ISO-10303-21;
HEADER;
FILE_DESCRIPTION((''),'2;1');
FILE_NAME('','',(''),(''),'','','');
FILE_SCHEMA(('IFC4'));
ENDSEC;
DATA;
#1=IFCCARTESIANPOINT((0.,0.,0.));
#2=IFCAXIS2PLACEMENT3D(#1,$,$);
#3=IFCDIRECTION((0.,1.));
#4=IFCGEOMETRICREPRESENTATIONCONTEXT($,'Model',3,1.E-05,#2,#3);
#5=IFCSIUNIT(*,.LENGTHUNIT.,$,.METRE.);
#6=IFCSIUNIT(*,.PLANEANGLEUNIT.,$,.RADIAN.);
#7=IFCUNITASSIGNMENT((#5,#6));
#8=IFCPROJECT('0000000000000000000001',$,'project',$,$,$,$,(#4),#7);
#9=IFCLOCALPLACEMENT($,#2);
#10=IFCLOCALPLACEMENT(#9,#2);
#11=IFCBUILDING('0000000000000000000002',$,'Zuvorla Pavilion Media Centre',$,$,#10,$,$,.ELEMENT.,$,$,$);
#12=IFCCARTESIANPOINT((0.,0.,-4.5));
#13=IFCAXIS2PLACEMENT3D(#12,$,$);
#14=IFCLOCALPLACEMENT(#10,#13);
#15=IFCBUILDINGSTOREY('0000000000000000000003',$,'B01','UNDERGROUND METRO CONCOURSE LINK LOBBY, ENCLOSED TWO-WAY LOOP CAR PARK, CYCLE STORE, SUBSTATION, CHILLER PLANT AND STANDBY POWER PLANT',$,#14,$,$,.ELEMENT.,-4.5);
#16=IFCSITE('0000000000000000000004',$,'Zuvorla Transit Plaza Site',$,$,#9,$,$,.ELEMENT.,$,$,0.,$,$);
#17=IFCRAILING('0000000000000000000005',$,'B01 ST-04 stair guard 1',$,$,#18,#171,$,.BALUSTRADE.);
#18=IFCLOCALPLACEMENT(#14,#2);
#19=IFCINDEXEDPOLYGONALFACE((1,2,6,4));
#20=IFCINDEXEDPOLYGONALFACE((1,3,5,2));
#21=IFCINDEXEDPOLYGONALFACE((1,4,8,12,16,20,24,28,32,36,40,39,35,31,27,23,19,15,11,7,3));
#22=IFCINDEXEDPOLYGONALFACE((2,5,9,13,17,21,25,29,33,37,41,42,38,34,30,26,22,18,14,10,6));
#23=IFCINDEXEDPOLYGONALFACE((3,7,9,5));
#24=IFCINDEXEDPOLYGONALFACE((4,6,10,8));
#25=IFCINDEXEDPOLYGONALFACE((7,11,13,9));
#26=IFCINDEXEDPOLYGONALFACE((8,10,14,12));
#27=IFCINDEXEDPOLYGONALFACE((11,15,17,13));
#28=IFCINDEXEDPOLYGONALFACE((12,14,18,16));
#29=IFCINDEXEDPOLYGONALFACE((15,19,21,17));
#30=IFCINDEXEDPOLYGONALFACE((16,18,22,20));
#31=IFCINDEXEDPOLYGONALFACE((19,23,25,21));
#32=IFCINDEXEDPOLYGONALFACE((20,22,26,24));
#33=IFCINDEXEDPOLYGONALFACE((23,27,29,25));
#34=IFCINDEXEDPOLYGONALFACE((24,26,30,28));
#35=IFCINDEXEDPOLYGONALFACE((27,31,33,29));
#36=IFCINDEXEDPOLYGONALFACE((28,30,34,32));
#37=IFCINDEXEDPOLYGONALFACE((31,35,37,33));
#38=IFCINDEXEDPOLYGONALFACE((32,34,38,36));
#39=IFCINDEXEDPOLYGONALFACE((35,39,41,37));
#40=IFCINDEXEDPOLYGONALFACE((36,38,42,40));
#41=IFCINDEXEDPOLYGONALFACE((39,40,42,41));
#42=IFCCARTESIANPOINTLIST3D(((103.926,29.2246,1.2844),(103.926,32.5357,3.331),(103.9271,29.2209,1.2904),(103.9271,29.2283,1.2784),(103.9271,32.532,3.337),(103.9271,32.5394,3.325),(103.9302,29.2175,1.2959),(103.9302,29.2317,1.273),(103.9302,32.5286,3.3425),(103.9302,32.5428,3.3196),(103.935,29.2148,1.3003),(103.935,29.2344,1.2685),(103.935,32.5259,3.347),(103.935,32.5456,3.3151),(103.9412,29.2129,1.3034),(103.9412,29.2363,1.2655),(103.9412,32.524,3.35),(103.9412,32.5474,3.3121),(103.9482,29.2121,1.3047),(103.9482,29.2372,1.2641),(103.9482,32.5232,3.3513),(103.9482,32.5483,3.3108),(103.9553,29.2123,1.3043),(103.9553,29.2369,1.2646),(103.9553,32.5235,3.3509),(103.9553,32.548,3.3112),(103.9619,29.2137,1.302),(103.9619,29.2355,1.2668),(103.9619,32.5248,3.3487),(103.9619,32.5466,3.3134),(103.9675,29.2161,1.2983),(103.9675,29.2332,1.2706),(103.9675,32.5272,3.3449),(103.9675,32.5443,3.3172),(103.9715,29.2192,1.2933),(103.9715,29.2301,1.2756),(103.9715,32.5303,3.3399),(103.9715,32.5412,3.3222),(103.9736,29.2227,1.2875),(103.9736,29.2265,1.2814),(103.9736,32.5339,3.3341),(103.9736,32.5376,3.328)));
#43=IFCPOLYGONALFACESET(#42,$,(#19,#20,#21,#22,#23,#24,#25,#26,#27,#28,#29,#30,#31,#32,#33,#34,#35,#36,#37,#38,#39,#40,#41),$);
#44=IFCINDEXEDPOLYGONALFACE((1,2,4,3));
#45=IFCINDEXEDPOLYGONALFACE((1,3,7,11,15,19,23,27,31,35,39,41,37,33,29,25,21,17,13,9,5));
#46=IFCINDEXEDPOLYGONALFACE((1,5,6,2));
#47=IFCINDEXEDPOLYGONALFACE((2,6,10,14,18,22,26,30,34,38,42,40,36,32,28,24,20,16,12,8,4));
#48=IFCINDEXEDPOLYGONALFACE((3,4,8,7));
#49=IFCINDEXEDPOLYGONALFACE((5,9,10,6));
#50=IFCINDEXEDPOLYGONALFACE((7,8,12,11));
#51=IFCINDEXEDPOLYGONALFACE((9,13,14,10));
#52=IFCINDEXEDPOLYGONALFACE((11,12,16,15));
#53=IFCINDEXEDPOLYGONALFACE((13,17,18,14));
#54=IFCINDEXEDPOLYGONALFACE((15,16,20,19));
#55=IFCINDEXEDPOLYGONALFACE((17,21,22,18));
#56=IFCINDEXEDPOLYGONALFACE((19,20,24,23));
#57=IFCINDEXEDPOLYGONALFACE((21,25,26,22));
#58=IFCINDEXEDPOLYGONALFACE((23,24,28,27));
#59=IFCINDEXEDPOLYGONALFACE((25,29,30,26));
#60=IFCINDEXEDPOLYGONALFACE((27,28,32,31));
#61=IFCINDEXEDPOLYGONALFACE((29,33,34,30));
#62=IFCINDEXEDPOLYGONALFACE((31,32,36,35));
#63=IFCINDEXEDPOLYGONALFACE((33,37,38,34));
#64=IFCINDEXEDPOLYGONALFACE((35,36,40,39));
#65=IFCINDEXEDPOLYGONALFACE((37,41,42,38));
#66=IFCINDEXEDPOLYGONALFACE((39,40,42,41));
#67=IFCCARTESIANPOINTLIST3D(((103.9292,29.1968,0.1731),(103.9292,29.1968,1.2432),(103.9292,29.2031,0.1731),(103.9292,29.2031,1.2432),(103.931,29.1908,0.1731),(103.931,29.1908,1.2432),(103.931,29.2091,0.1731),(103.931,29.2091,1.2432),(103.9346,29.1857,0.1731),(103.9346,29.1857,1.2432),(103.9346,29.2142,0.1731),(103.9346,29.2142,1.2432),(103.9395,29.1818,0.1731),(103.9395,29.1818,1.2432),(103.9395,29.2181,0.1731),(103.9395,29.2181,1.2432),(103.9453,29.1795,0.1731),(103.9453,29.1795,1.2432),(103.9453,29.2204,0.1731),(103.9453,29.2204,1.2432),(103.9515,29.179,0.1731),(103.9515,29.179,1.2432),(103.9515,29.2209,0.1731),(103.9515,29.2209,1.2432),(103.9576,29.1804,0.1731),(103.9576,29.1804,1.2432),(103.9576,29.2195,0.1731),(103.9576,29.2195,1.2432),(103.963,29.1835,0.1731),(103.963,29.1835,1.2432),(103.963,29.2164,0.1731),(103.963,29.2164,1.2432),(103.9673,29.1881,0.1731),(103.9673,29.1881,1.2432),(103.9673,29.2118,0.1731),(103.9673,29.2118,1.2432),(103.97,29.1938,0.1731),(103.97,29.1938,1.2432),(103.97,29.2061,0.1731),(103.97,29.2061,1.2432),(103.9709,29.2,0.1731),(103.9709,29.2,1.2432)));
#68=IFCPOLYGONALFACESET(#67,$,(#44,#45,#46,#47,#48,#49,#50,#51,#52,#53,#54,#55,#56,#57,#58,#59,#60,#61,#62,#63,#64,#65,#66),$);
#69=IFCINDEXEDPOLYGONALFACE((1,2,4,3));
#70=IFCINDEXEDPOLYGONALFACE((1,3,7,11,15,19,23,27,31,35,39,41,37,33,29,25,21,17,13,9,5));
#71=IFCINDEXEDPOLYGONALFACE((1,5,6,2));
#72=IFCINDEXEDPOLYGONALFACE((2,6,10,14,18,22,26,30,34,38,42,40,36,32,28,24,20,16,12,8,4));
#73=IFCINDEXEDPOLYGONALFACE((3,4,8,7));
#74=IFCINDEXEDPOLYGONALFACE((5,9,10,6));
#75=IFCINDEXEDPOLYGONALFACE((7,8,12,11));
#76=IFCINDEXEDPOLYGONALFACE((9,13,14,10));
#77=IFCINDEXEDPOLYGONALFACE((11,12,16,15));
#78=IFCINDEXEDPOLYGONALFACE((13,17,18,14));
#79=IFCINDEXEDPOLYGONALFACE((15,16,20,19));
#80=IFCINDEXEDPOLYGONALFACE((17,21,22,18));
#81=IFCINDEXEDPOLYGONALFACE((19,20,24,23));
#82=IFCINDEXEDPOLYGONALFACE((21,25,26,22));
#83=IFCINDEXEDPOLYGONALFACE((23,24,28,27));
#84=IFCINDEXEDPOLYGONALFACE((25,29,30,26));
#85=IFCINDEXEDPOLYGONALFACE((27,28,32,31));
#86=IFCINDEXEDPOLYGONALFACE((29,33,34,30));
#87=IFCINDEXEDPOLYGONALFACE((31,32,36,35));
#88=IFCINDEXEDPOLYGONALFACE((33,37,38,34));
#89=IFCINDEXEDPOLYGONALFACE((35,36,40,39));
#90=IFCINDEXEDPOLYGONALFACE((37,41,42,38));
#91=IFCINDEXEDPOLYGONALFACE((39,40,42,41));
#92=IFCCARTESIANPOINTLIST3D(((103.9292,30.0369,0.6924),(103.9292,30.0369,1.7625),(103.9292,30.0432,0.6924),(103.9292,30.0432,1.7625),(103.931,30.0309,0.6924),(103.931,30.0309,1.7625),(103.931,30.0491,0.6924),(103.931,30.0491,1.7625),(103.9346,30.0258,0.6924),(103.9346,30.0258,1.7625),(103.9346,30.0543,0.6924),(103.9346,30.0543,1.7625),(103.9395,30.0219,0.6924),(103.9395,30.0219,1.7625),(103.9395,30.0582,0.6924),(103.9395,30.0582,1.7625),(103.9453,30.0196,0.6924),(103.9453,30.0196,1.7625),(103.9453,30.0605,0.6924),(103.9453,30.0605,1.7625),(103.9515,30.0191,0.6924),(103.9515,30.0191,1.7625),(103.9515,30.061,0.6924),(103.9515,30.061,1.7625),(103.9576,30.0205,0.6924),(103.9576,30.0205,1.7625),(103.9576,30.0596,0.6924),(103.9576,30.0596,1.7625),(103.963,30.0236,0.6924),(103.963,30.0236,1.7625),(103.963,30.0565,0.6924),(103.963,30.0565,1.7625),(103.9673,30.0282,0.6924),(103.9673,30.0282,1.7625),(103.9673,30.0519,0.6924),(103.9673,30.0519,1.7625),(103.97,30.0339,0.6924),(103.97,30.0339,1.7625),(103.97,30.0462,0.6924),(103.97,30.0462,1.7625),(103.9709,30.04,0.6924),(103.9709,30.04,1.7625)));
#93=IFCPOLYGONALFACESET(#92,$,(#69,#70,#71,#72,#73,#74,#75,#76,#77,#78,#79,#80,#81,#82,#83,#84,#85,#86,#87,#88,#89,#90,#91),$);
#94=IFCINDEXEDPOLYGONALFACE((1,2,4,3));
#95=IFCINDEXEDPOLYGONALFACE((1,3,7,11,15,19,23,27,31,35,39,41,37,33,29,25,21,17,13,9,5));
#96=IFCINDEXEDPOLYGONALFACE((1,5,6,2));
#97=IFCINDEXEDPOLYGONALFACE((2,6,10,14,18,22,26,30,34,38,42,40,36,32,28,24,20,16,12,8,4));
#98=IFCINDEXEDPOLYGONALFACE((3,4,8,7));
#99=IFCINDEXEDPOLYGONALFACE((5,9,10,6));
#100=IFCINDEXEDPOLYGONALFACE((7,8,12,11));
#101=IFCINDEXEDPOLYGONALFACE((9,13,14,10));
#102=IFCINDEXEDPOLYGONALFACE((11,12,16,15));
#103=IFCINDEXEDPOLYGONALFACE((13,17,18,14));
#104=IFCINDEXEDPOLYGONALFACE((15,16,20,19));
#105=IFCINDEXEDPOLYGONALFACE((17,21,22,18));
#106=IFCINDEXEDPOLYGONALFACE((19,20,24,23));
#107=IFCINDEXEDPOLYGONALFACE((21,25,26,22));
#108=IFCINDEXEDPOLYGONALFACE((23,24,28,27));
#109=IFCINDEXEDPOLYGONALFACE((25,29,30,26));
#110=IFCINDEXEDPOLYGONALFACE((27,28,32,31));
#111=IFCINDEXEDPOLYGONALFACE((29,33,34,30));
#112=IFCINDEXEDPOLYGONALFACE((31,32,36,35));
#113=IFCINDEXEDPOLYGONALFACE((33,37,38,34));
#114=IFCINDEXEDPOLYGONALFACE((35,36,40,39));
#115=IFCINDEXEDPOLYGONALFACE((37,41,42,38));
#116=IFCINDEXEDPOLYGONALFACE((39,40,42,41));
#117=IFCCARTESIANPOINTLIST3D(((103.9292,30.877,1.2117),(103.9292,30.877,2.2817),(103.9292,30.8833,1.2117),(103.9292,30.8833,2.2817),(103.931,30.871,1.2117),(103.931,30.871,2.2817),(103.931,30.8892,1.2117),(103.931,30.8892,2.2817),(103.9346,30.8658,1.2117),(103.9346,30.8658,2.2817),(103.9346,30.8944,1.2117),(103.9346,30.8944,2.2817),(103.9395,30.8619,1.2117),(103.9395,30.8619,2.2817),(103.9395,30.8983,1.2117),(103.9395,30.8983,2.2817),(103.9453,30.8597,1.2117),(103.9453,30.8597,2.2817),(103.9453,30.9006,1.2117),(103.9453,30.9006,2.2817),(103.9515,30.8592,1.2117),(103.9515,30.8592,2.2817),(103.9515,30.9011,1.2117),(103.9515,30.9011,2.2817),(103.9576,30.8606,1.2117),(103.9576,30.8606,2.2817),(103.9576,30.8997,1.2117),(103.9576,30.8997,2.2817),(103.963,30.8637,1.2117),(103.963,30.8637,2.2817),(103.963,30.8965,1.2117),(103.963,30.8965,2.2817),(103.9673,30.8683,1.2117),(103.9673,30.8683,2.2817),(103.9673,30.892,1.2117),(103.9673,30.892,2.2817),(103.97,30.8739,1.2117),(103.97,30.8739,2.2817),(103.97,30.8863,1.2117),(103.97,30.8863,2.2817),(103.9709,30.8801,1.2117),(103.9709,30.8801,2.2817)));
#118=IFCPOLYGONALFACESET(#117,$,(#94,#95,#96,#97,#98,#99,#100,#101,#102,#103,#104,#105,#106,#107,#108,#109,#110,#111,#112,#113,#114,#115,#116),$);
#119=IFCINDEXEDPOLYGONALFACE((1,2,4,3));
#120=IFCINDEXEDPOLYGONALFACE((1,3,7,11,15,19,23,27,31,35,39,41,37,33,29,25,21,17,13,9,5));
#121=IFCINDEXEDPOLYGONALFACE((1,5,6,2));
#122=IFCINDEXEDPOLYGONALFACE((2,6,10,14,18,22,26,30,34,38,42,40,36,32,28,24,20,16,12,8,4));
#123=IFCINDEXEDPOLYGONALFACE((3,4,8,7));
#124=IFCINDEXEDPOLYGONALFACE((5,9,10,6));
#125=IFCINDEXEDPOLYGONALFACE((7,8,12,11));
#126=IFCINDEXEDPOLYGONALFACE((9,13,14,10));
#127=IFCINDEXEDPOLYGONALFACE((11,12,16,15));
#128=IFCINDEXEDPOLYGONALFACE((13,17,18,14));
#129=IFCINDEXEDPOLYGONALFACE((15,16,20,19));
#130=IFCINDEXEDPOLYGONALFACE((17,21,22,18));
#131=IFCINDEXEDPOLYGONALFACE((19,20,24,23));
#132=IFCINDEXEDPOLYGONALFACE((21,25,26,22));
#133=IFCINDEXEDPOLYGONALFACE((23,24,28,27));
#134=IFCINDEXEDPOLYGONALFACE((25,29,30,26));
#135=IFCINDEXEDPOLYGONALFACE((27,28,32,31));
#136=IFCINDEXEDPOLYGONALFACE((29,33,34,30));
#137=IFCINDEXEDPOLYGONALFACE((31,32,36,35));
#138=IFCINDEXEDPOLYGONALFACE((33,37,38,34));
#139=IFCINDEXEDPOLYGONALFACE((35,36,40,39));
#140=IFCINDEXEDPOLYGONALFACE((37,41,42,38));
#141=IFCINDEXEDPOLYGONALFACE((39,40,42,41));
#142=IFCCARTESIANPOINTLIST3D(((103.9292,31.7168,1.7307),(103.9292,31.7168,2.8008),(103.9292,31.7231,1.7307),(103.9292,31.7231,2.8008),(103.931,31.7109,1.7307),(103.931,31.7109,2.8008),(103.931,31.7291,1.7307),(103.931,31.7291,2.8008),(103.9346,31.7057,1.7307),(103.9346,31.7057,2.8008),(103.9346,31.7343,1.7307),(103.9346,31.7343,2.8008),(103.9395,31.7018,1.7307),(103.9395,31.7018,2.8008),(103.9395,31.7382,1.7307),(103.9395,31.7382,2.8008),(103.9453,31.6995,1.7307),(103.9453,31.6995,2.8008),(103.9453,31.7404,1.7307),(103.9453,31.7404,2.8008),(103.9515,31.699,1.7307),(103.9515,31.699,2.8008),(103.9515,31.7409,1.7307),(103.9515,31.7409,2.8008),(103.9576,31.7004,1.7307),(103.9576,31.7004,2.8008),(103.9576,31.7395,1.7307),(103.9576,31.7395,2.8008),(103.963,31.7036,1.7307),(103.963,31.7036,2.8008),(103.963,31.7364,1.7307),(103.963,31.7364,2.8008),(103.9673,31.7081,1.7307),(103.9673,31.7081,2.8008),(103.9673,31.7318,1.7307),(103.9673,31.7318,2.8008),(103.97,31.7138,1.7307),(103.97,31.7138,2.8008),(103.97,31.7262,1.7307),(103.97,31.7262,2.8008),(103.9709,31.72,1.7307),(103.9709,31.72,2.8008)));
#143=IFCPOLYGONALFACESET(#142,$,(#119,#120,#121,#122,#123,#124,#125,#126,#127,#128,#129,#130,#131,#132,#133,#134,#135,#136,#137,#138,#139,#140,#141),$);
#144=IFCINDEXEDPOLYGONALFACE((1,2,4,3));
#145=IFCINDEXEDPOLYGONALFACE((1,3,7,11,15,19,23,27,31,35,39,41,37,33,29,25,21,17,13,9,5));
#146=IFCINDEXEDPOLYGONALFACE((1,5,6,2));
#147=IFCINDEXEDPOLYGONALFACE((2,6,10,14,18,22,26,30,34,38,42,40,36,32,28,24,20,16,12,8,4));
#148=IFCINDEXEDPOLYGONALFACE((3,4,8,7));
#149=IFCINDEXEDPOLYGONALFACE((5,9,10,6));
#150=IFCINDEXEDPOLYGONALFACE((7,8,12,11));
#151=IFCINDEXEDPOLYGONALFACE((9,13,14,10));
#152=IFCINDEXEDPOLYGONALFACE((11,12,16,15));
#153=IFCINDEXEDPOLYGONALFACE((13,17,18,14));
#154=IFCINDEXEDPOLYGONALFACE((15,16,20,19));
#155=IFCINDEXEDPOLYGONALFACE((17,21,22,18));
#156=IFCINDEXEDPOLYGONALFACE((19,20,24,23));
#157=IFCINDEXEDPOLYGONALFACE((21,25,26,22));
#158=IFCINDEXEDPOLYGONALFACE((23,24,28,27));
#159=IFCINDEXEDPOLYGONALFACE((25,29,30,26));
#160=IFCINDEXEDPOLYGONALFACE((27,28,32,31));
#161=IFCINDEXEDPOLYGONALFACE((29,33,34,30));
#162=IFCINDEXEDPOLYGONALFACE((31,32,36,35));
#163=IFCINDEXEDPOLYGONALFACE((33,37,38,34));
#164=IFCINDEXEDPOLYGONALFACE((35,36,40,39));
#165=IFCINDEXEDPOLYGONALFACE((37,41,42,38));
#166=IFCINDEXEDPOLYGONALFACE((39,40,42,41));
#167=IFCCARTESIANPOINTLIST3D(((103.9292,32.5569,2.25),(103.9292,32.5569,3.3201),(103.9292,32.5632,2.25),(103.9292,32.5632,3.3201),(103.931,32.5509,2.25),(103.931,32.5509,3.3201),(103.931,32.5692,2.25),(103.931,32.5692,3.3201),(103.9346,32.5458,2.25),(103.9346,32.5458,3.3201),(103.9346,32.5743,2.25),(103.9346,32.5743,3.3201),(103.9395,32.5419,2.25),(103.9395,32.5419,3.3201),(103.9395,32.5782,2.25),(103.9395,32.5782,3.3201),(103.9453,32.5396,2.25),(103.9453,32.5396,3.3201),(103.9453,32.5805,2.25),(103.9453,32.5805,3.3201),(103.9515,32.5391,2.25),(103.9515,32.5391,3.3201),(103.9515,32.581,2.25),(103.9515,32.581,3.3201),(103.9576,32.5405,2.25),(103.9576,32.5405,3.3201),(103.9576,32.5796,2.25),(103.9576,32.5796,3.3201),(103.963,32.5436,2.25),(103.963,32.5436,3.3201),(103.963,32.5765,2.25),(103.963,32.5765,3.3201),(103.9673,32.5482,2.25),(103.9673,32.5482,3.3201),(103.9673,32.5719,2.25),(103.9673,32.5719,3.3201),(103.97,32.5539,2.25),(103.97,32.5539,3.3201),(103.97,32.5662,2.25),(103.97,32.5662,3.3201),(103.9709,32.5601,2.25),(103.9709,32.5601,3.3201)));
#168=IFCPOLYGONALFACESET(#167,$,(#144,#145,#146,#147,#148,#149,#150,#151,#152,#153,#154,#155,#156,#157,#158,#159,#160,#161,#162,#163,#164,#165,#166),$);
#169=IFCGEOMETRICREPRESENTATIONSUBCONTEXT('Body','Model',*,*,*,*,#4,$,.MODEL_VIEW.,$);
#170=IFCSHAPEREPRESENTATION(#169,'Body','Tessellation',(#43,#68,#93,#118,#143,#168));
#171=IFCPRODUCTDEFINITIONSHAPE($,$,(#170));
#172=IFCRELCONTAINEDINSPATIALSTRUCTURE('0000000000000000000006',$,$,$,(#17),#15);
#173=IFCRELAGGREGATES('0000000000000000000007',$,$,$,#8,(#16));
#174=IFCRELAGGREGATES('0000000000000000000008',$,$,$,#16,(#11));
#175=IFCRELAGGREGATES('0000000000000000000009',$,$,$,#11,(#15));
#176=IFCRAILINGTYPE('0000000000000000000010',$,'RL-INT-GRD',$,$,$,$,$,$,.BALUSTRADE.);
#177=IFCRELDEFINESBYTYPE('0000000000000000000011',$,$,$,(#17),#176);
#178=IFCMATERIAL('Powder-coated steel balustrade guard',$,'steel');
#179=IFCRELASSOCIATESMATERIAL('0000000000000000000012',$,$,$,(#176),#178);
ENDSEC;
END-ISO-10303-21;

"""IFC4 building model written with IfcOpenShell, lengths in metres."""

from ifc_helpers import new_model, si_unit, direction, frame, origin, origin_2d, place, context, subcontext, project, spatial, circle, extrude, material, type_object, element, save


model = new_model("IFC4")

# Units and contexts
model_context = context("Model", 3, precision=1e-05, world=origin(), true_north=direction((0.0, 1.0)))
body_context = subcontext(model_context, "Body", "Model", "MODEL_VIEW")
ifc_project = project(units=[si_unit("LENGTHUNIT", "METRE"), si_unit("PLANEANGLEUNIT", "RADIAN")], contexts=[model_context])

# Site, building, storey
site_placement = place(None, origin())
site = spatial("IfcSite", under=ifc_project, at=site_placement, Name="Zuvorla Transit Plaza Site", CompositionType="ELEMENT", RefElevation=0.0)
building_placement = place(site_placement, origin())
building = spatial("IfcBuilding", under=site, at=building_placement, Name="Zuvorla Pavilion Media Centre", CompositionType="ELEMENT")
storey_placement = place(building_placement, frame((0.0, 0.0, -4.5)))
storey = spatial("IfcBuildingStorey", under=building, at=storey_placement, Name="B01", Description="UNDERGROUND METRO CONCOURSE LINK LOBBY, ENCLOSED TWO-WAY LOOP CAR PARK, CYCLE STORE, SUBSTATION, CHILLER PLANT AND STANDBY POWER PLANT", CompositionType="ELEMENT", Elevation=-4.5)

# Railing
ifc_material_1 = material(Name="Powder-coated steel balustrade guard", Category="steel")
railing_type_1 = type_object("IfcRailingType", Name="RL-INT-GRD", PredefinedType="BALUSTRADE", material=ifc_material_1)
railing_1_placement = place(storey_placement, frame((103.95, 29.2, 0.1731)))
element("IfcRailing", 1, at=railing_1_placement, inside=storey, type_object=railing_type_1, Name="B01 ST-04 stair guard 1", PredefinedType="BALUSTRADE", context=body_context, shape_type="SweptSolid", body=[
    extrude(circle(Radius=0.0239, at=origin_2d()), frame((0.0, 0.0247, 1.1113), z_axis=(0.0, 0.850623, 0.525776), x_axis=(-1.0, 0.0, 0.0)), (0.0, 0.0, 1.0), 3.8926),
    extrude(circle(Radius=0.021, at=origin_2d()), origin(), (0.0, 0.0, 1.0), 1.0701),
    extrude(circle(Radius=0.021, at=origin_2d()), frame((0.0, 0.8401, 0.5193)), (0.0, 0.0, 1.0), 1.0701),
    extrude(circle(Radius=0.021, at=origin_2d()), frame((0.0, 1.6802, 1.0386)), (0.0, 0.0, 1.0), 1.0701),
    extrude(circle(Radius=0.021, at=origin_2d()), frame((0.0, 2.52, 1.5576)), (0.0, 0.0, 1.0), 1.0701),
    extrude(circle(Radius=0.021, at=origin_2d()), frame((0.0, 3.3601, 2.0769)), (0.0, 0.0, 1.0), 1.0701),
])

save(model, "model.ifc")
